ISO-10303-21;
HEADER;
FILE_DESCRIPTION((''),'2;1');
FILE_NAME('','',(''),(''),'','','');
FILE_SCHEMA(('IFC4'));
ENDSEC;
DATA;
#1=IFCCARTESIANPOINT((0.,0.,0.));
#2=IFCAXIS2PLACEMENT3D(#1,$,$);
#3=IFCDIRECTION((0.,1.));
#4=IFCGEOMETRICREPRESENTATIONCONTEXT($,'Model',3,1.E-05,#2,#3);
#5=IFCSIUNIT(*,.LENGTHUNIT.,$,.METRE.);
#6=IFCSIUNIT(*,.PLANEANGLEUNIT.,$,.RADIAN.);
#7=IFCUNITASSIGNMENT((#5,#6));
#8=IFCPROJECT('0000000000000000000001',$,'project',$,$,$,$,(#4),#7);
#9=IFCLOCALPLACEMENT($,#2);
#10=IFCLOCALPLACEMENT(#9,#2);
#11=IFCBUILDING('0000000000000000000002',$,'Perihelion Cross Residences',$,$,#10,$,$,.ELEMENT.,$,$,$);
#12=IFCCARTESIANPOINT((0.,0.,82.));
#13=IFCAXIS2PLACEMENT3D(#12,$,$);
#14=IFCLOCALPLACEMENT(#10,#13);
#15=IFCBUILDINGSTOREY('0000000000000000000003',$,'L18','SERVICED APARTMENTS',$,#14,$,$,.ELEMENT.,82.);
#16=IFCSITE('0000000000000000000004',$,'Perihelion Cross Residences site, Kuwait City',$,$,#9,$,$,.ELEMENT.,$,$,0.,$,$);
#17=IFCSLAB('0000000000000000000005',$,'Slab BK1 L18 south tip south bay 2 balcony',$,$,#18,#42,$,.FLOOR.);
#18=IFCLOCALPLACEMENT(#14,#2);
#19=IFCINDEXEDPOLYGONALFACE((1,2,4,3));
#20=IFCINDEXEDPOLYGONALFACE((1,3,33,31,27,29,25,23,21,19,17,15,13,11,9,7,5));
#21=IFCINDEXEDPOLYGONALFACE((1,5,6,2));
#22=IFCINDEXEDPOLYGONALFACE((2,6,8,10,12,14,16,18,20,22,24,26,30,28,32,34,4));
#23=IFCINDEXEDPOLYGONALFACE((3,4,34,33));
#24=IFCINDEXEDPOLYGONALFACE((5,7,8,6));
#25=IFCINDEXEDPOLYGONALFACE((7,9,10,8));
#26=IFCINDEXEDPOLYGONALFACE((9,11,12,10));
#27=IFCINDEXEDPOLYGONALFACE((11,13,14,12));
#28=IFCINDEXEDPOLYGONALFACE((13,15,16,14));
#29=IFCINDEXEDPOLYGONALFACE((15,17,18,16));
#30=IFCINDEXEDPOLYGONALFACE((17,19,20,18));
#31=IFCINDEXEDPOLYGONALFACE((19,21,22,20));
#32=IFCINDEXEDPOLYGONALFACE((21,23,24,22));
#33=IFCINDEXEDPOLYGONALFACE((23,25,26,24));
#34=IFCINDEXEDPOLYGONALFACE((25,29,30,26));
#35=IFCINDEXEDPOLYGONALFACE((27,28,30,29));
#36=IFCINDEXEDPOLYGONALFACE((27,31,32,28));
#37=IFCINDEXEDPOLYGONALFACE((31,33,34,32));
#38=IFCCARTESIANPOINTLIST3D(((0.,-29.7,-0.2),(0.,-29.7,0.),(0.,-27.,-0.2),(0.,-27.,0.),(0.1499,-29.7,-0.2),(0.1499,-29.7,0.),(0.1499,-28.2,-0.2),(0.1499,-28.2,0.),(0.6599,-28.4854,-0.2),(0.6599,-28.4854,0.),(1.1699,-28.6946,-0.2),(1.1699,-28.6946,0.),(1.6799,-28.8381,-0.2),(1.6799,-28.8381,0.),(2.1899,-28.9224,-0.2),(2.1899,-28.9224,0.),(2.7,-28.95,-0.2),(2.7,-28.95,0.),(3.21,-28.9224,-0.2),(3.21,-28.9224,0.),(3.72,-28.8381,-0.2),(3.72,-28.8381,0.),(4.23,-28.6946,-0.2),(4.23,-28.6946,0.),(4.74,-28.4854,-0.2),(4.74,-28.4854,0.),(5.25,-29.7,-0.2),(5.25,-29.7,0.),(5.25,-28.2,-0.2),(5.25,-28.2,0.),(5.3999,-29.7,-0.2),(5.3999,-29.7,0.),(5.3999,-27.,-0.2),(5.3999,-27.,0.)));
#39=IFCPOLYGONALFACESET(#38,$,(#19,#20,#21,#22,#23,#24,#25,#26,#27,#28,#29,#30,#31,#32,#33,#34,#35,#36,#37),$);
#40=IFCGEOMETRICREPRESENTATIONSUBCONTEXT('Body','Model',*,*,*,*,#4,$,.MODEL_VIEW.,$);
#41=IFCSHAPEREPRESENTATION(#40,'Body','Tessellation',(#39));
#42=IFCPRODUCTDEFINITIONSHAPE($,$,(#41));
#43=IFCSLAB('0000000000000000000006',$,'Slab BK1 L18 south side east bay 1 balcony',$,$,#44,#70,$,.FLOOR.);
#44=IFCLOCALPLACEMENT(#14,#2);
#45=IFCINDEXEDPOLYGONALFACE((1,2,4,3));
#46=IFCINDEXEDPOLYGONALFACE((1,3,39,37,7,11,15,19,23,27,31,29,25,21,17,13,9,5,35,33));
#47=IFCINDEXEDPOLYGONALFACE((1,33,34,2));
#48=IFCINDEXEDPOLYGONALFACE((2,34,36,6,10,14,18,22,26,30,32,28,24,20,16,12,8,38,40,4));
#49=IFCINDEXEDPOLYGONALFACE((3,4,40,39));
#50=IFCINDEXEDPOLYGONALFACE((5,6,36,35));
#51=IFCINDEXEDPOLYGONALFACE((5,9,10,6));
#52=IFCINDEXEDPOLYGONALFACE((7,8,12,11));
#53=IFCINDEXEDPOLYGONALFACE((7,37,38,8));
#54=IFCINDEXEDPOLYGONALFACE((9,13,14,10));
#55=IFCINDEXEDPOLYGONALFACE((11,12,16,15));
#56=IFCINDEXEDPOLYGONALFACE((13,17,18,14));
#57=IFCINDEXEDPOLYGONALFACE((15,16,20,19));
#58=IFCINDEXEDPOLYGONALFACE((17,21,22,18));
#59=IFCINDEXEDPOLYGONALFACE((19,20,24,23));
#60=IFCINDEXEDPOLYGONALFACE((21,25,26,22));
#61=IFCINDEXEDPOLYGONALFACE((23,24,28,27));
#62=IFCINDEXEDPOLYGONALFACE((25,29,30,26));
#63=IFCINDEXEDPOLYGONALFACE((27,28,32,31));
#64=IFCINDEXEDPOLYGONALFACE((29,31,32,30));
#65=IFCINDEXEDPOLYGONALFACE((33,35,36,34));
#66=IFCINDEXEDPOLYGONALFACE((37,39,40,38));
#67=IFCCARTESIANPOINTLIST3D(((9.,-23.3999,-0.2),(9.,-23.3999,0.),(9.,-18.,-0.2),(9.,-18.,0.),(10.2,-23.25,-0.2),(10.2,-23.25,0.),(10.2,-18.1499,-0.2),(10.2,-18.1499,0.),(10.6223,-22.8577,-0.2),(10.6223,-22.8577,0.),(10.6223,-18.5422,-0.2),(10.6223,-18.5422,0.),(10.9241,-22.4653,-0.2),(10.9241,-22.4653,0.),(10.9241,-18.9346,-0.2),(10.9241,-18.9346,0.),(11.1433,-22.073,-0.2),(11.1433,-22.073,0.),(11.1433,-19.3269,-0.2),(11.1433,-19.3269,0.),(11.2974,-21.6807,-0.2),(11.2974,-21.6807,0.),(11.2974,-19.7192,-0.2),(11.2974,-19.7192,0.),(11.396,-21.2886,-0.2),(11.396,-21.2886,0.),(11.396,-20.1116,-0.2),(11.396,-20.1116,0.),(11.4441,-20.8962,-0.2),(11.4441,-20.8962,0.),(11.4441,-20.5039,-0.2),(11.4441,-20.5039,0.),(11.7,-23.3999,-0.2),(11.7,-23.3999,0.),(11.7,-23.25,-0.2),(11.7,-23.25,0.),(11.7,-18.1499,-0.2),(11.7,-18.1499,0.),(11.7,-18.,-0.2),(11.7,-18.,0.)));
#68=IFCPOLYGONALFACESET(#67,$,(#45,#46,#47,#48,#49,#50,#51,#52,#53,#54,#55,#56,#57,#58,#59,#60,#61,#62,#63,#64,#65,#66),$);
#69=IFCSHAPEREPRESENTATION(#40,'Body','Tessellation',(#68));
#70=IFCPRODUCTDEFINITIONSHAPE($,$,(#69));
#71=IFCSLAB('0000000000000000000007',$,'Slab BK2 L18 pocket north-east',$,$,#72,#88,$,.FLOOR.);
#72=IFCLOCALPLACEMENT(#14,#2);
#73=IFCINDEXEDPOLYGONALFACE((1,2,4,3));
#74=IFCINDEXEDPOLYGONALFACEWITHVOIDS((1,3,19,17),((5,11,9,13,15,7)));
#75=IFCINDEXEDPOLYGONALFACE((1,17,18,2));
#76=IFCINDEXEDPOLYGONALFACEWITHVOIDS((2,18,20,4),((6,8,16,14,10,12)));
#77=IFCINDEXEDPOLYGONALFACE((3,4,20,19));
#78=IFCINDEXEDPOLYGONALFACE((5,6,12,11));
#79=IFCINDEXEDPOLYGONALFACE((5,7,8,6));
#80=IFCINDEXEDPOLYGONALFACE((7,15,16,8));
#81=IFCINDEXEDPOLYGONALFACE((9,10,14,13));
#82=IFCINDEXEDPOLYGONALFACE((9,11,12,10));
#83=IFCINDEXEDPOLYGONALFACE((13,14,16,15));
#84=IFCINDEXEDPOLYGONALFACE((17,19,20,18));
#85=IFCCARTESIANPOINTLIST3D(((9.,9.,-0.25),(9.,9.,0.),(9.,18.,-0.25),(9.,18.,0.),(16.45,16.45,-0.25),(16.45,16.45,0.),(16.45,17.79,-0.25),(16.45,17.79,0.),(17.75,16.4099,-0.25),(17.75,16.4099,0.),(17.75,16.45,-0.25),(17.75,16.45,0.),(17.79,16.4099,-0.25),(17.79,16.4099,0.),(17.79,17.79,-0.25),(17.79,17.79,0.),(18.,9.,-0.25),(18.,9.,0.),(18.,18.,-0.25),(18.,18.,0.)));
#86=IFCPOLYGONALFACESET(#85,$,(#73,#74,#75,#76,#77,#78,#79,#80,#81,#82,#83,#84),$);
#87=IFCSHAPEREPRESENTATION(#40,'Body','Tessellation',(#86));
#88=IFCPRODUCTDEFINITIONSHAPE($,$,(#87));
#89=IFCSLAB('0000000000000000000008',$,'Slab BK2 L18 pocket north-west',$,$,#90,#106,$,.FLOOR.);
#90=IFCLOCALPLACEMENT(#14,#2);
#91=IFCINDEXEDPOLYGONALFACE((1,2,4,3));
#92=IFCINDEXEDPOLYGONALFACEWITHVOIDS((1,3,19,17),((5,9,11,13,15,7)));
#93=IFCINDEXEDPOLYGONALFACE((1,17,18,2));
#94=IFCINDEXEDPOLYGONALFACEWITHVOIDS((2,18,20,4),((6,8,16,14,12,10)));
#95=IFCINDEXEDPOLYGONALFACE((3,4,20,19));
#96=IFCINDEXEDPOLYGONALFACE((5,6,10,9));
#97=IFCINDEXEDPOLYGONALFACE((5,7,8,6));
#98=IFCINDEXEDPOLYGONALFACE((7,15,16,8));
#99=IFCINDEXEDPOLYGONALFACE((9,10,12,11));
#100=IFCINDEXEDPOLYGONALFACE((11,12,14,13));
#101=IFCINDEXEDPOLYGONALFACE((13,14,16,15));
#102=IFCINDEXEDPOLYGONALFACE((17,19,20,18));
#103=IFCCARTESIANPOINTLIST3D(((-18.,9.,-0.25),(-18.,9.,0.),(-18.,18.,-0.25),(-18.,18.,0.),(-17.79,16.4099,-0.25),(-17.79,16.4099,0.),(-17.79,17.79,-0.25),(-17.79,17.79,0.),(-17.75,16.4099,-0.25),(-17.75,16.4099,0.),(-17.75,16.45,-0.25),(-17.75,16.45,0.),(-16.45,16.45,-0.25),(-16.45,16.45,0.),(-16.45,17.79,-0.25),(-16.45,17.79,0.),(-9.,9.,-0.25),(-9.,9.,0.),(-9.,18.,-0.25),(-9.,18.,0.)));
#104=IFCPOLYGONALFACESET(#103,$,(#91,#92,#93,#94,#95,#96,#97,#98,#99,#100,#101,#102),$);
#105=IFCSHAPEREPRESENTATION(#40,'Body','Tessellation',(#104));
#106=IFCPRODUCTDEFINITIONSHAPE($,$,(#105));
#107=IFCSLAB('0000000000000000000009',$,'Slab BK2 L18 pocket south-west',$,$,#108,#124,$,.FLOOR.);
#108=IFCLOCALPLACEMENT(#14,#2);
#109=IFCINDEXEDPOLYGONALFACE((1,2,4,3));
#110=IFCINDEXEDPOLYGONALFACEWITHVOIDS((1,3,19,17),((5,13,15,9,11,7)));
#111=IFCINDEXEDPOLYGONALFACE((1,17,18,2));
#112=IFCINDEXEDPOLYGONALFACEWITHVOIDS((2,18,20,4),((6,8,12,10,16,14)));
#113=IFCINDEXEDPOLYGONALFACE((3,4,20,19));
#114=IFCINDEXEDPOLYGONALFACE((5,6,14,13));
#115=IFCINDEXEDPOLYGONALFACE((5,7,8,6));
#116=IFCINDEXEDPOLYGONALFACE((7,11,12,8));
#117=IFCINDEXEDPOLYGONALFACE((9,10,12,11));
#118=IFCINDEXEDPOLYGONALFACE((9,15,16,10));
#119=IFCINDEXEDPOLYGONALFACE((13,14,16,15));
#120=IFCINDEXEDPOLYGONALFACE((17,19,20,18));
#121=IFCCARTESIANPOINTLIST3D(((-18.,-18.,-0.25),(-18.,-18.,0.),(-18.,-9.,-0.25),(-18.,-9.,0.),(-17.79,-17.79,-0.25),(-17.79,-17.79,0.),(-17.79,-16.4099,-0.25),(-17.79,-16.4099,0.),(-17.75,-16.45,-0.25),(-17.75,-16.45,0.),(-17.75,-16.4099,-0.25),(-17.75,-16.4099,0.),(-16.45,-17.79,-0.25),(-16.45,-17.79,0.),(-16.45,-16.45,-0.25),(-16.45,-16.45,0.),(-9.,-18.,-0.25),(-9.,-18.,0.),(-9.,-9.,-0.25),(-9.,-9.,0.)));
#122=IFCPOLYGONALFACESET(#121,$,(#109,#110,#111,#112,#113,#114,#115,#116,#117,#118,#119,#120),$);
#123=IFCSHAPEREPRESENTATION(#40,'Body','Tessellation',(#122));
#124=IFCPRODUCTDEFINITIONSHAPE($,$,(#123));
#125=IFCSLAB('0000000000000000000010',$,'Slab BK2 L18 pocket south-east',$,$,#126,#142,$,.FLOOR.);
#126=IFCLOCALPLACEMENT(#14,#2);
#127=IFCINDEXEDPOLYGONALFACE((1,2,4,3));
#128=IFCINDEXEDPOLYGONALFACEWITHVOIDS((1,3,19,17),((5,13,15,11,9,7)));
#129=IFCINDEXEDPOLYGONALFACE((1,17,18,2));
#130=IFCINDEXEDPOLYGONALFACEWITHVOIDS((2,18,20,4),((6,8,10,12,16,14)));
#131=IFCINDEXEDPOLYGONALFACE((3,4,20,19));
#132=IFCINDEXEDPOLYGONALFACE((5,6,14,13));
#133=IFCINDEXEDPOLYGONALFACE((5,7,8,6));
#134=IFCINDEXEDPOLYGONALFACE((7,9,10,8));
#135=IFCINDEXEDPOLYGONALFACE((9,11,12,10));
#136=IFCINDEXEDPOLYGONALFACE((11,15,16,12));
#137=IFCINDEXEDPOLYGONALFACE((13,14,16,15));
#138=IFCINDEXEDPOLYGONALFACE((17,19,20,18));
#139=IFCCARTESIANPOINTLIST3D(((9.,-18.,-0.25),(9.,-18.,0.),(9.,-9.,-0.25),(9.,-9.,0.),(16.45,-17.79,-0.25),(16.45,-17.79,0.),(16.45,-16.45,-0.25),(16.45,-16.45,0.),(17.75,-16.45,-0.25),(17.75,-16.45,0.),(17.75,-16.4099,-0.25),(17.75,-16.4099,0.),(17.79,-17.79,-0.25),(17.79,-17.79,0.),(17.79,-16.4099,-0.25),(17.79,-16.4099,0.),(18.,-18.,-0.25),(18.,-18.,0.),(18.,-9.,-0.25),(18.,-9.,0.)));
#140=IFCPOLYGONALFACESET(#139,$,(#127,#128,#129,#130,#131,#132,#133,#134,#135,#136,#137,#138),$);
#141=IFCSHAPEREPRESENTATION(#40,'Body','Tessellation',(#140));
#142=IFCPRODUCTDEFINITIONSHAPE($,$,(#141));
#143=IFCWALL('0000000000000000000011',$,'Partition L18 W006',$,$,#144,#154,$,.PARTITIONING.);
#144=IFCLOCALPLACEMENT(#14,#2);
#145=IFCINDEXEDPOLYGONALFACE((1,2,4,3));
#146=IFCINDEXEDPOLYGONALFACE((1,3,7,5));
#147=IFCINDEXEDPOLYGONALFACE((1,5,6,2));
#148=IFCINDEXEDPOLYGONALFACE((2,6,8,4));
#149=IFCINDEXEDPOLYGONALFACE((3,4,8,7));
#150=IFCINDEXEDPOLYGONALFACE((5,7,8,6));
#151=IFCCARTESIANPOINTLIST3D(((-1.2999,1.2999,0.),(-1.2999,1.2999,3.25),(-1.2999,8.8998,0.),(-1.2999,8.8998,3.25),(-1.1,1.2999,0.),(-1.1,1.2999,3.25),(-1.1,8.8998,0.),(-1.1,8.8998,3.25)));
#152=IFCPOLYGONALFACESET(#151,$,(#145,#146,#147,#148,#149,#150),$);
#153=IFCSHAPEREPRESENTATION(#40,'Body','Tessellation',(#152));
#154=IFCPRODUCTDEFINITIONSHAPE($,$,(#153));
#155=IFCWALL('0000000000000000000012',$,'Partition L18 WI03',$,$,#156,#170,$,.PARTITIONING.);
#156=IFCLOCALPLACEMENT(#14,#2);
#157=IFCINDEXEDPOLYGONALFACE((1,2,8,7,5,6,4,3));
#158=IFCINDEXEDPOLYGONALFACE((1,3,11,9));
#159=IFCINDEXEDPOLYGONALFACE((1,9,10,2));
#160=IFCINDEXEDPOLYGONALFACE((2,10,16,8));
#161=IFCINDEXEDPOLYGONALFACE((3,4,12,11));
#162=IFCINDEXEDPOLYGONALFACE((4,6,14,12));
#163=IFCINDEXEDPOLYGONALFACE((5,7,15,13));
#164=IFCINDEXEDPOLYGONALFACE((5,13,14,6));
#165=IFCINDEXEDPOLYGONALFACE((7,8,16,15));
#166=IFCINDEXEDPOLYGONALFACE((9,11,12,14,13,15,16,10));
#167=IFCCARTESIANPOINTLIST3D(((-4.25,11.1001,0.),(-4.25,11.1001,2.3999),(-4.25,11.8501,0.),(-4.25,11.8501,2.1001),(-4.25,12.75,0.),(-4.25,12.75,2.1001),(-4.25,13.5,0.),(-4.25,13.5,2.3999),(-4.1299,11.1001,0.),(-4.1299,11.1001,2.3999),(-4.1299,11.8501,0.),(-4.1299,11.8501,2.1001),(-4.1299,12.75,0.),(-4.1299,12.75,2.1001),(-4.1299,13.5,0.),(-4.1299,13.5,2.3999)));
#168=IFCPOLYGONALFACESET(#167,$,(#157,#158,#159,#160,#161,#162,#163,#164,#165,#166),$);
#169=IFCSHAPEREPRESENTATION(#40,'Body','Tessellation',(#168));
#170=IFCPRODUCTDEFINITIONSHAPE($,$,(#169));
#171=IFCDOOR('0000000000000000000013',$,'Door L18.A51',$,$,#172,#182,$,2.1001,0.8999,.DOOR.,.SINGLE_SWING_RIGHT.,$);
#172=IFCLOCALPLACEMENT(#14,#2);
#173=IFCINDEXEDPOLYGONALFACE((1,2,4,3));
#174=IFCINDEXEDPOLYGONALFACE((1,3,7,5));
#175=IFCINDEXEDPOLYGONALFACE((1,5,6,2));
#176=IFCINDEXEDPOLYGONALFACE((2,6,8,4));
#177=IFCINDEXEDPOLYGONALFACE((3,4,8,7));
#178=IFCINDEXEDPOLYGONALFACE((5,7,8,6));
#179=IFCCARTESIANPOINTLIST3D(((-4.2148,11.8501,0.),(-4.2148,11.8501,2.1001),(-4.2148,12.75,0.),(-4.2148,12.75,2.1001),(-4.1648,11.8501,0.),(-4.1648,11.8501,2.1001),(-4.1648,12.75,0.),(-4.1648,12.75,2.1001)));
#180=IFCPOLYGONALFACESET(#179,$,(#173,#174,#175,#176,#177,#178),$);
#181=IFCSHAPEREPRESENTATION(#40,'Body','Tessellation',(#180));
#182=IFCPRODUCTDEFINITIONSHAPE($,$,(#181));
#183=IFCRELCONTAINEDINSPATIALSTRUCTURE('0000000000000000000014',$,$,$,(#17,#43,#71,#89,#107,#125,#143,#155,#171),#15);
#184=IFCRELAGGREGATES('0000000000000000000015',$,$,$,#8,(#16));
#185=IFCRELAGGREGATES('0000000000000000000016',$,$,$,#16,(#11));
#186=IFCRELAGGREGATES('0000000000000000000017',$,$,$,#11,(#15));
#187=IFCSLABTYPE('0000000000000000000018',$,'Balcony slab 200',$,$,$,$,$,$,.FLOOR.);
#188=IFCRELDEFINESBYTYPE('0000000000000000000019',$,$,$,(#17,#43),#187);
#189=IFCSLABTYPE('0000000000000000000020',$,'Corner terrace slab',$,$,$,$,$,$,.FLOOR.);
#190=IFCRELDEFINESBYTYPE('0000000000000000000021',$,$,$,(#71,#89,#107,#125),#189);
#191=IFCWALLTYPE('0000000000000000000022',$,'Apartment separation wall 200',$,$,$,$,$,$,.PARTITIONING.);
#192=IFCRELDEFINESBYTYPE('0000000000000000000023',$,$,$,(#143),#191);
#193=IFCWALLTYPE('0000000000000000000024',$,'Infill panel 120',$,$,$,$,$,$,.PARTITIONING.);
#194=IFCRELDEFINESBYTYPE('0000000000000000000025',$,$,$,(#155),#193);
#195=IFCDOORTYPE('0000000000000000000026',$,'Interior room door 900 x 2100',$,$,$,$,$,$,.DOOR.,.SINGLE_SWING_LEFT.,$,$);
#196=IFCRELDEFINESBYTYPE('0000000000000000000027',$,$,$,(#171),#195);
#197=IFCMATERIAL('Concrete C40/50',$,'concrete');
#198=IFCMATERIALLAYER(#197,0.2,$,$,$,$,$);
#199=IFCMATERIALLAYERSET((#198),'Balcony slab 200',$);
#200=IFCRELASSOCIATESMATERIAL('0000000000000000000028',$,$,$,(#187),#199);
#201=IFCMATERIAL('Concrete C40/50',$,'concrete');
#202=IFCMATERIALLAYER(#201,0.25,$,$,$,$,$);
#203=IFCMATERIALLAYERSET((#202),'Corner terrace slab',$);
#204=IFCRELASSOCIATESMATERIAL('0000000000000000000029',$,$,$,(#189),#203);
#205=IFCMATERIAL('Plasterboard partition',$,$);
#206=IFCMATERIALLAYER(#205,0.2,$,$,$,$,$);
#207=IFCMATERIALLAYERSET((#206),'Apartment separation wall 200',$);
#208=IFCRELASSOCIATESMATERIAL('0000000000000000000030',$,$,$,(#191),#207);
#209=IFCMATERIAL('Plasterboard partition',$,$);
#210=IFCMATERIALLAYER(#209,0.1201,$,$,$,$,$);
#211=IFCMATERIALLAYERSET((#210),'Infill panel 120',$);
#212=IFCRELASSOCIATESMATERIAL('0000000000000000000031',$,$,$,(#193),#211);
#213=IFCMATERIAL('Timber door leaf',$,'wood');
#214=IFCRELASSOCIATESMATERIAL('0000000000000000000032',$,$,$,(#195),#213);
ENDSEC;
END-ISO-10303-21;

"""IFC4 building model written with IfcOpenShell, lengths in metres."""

from ifc_helpers import new_model, si_unit, direction, frame, frame_2d, origin, place, context, subcontext, project, spatial, polyline, rectangle, outline, extrude, material, layer, layer_set, type_object, element, fill, save


model = new_model("IFC4")

# Units and contexts
model_context = context("Model", 3, precision=1e-05, world=origin(), true_north=direction((0.0, 1.0)))
body_context = subcontext(model_context, "Body", "Model", "MODEL_VIEW")
ifc_project = project(units=[si_unit("LENGTHUNIT", "METRE"), si_unit("PLANEANGLEUNIT", "RADIAN")], contexts=[model_context])

# Site, building, storey
site_placement = place(None, origin())
site = spatial("IfcSite", under=ifc_project, at=site_placement, Name="Perihelion Cross Residences site, Kuwait City", CompositionType="ELEMENT", RefElevation=0.0)
building_placement = place(site_placement, origin())
building = spatial("IfcBuilding", under=site, at=building_placement, Name="Perihelion Cross Residences", CompositionType="ELEMENT")
storey_placement = place(building_placement, frame((0.0, 0.0, 82.0)))
storey = spatial("IfcBuildingStorey", under=building, at=storey_placement, Name="L18", Description="SERVICED APARTMENTS", CompositionType="ELEMENT", Elevation=82.0)

# Slabs
ifc_material_1 = material(Name="Concrete C40/50", Category="concrete")
ifc_layer_1 = layer(ifc_material_1, 0.2)
ifc_layer_set_1 = layer_set([ifc_layer_1], Name="Balcony slab 200")
slab_type_1 = type_object("IfcSlabType", Name="Balcony slab 200", PredefinedType="FLOOR", material=ifc_layer_set_1)
slab_1_placement = place(storey_placement, frame((0.0, 0.0, -0.2)))
element("IfcSlab", 1, at=slab_1_placement, inside=storey, type_object=slab_type_1, Name="Slab BK1 L18 south tip south bay 2 balcony", PredefinedType="FLOOR", context=body_context, shape_type="SweptSolid", body=[
    extrude(outline(polyline([(0.0, -27.0), (5.3999, -27.0), (5.3999, -29.7), (5.25, -29.7), (5.25, -28.2), (4.74, -28.4854), (4.23, -28.6946), (3.72, -28.8381), (3.21, -28.9224), (2.7, -28.95), (2.1899, -28.9224), (1.6799, -28.8381), (1.1699, -28.6946), (0.6599, -28.4854), (0.1499, -28.2), (0.1499, -29.7), (0.0, -29.7), (0.0, -27.0)])), origin(), (0.0, 0.0, 1.0), 0.2),
])
slab_2_placement = place(storey_placement, frame((0.0, 0.0, -0.2)))
element("IfcSlab", 2, at=slab_2_placement, inside=storey, type_object=slab_type_1, Name="Slab BK1 L18 south side east bay 1 balcony", PredefinedType="FLOOR", context=body_context, shape_type="SweptSolid", body=[
    extrude(outline(polyline([(9.0, -23.3999), (9.0, -18.0), (11.7, -18.0), (11.7, -18.1499), (10.2, -18.1499), (10.6223, -18.5422), (10.9241, -18.9346), (11.1433, -19.3269), (11.2974, -19.7192), (11.396, -20.1116), (11.4441, -20.5039), (11.4441, -20.8962), (11.396, -21.2886), (11.2974, -21.6807), (11.1433, -22.073), (10.9241, -22.4653), (10.6223, -22.8577), (10.2, -23.25), (11.7, -23.25), (11.7, -23.3999), (9.0, -23.3999)])), origin(), (0.0, 0.0, 1.0), 0.2),
])
ifc_material_2 = material(Name="Concrete C40/50", Category="concrete")
ifc_layer_2 = layer(ifc_material_2, 0.25)
ifc_layer_set_2 = layer_set([ifc_layer_2], Name="Corner terrace slab")
slab_type_2 = type_object("IfcSlabType", Name="Corner terrace slab", PredefinedType="FLOOR", material=ifc_layer_set_2)
slab_3_placement = place(storey_placement, frame((0.0, 0.0, -0.25)))
element("IfcSlab", 3, at=slab_3_placement, inside=storey, type_object=slab_type_2, Name="Slab BK2 L18 pocket north-east", PredefinedType="FLOOR", context=body_context, shape_type="SweptSolid", body=[
    extrude(outline(polyline([(18.0, 9.0), (18.0, 18.0), (9.0, 18.0), (9.0, 9.0), (18.0, 9.0)]), holes=[polyline([(16.45, 16.45), (16.45, 17.79), (17.79, 17.79), (17.79, 16.4099), (17.75, 16.4099), (17.75, 16.45), (16.45, 16.45)])]), origin(), (0.0, 0.0, 1.0), 0.25),
])
slab_4_placement = place(storey_placement, frame((0.0, 0.0, -0.25)))
element("IfcSlab", 4, at=slab_4_placement, inside=storey, type_object=slab_type_2, Name="Slab BK2 L18 pocket north-west", PredefinedType="FLOOR", context=body_context, shape_type="SweptSolid", body=[
    extrude(outline(polyline([(-9.0, 9.0), (-9.0, 18.0), (-18.0, 18.0), (-18.0, 9.0), (-9.0, 9.0)]), holes=[polyline([(-17.79, 16.4099), (-17.79, 17.79), (-16.45, 17.79), (-16.45, 16.45), (-17.75, 16.45), (-17.75, 16.4099), (-17.79, 16.4099)])]), origin(), (0.0, 0.0, 1.0), 0.25),
])
slab_5_placement = place(storey_placement, frame((0.0, 0.0, -0.25)))
element("IfcSlab", 5, at=slab_5_placement, inside=storey, type_object=slab_type_2, Name="Slab BK2 L18 pocket south-west", PredefinedType="FLOOR", context=body_context, shape_type="SweptSolid", body=[
    extrude(outline(polyline([(-9.0, -18.0), (-9.0, -9.0), (-18.0, -9.0), (-18.0, -18.0), (-9.0, -18.0)]), holes=[polyline([(-17.79, -16.4099), (-17.75, -16.4099), (-17.75, -16.45), (-16.45, -16.45), (-16.45, -17.79), (-17.79, -17.79), (-17.79, -16.4099)])]), origin(), (0.0, 0.0, 1.0), 0.25),
])
slab_6_placement = place(storey_placement, frame((0.0, 0.0, -0.25)))
element("IfcSlab", 6, at=slab_6_placement, inside=storey, type_object=slab_type_2, Name="Slab BK2 L18 pocket south-east", PredefinedType="FLOOR", context=body_context, shape_type="SweptSolid", body=[
    extrude(outline(polyline([(18.0, -18.0), (18.0, -9.0), (9.0, -9.0), (9.0, -18.0), (18.0, -18.0)]), holes=[polyline([(16.45, -17.79), (16.45, -16.45), (17.75, -16.45), (17.75, -16.4099), (17.79, -16.4099), (17.79, -17.79), (16.45, -17.79)])]), origin(), (0.0, 0.0, 1.0), 0.25),
])

# Wall
ifc_material_3 = material(Name="Plasterboard partition")
ifc_layer_3 = layer(ifc_material_3, 0.2)
ifc_layer_set_3 = layer_set([ifc_layer_3], Name="Apartment separation wall 200")
wall_type_1 = type_object("IfcWallType", Name="Apartment separation wall 200", PredefinedType="PARTITIONING", material=ifc_layer_set_3)
wall_1_placement = place(storey_placement, frame((-1.2, 1.3, 0.0), z_axis=(0.0, 0.0, 1.0), x_axis=(0.0, 1.0, 0.0)))
element("IfcWall", 7, at=wall_1_placement, inside=storey, type_object=wall_type_1, Name="Partition L18 W006", PredefinedType="PARTITIONING", context=body_context, shape_type="SweptSolid", body=[
    extrude(rectangle(XDim=7.5999, YDim=0.2, at=frame_2d((3.7998, 0.0))), origin(), (0.0, 0.0, 1.0), 3.25),
])

# Wall, opening, door
ifc_material_4 = material(Name="Plasterboard partition")
ifc_layer_4 = layer(ifc_material_4, 0.1201)
ifc_layer_set_4 = layer_set([ifc_layer_4], Name="Infill panel 120")
wall_type_2 = type_object("IfcWallType", Name="Infill panel 120", PredefinedType="PARTITIONING", material=ifc_layer_set_4)
wall_2_placement = place(storey_placement, frame((-4.1899, 11.1001, 0.0), z_axis=(0.0, 0.0, 1.0), x_axis=(0.0, 1.0, 0.0)))
wall_2 = element("IfcWall", 8, at=wall_2_placement, inside=storey, type_object=wall_type_2, Name="Partition L18 WI03", PredefinedType="PARTITIONING", context=body_context, shape_type="SweptSolid", body=[
    extrude(rectangle(XDim=2.3999, YDim=0.1201, at=frame_2d((1.2, 0.0))), origin(), (0.0, 0.0, 1.0), 2.3999),
])
opening_1_placement = place(wall_2_placement, frame((0.75, 0.0, 0.0)))
opening_1 = element("IfcOpeningElement", 9, at=opening_1_placement, cuts=wall_2, PredefinedType="OPENING", context=body_context, shape_type="SweptSolid", body=[
    extrude(rectangle(XDim=0.8999, YDim=2.1001, at=frame_2d((0.45, 1.05))), frame((0.0, 0.0701, 0.0), z_axis=(0.0, -1.0, 0.0), x_axis=(1.0, 0.0, 0.0)), (0.0, 0.0, 1.0), 0.1401),
])
ifc_material_5 = material(Name="Timber door leaf", Category="wood")
door_type = type_object("IfcDoorType", Name="Interior room door 900 x 2100", OperationType="SINGLE_SWING_LEFT", PredefinedType="DOOR", material=ifc_material_5)
door_1_placement = place(opening_1_placement, origin())
door_1 = element("IfcDoor", 10, at=door_1_placement, inside=storey, type_object=door_type, Name="Door L18.A51", OperationType="SINGLE_SWING_RIGHT", OverallHeight=2.1001, OverallWidth=0.8999, PredefinedType="DOOR", context=body_context, shape_type="SweptSolid", body=[
    extrude(rectangle(XDim=0.8999, YDim=2.1001, at=frame_2d((0.45, 1.05))), frame((0.0, 0.0249, 0.0), z_axis=(0.0, -1.0, 0.0), x_axis=(1.0, 0.0, 0.0)), (0.0, 0.0, 1.0), 0.05),
])
fill(opening_1, door_1)

save(model, "model.ifc")
